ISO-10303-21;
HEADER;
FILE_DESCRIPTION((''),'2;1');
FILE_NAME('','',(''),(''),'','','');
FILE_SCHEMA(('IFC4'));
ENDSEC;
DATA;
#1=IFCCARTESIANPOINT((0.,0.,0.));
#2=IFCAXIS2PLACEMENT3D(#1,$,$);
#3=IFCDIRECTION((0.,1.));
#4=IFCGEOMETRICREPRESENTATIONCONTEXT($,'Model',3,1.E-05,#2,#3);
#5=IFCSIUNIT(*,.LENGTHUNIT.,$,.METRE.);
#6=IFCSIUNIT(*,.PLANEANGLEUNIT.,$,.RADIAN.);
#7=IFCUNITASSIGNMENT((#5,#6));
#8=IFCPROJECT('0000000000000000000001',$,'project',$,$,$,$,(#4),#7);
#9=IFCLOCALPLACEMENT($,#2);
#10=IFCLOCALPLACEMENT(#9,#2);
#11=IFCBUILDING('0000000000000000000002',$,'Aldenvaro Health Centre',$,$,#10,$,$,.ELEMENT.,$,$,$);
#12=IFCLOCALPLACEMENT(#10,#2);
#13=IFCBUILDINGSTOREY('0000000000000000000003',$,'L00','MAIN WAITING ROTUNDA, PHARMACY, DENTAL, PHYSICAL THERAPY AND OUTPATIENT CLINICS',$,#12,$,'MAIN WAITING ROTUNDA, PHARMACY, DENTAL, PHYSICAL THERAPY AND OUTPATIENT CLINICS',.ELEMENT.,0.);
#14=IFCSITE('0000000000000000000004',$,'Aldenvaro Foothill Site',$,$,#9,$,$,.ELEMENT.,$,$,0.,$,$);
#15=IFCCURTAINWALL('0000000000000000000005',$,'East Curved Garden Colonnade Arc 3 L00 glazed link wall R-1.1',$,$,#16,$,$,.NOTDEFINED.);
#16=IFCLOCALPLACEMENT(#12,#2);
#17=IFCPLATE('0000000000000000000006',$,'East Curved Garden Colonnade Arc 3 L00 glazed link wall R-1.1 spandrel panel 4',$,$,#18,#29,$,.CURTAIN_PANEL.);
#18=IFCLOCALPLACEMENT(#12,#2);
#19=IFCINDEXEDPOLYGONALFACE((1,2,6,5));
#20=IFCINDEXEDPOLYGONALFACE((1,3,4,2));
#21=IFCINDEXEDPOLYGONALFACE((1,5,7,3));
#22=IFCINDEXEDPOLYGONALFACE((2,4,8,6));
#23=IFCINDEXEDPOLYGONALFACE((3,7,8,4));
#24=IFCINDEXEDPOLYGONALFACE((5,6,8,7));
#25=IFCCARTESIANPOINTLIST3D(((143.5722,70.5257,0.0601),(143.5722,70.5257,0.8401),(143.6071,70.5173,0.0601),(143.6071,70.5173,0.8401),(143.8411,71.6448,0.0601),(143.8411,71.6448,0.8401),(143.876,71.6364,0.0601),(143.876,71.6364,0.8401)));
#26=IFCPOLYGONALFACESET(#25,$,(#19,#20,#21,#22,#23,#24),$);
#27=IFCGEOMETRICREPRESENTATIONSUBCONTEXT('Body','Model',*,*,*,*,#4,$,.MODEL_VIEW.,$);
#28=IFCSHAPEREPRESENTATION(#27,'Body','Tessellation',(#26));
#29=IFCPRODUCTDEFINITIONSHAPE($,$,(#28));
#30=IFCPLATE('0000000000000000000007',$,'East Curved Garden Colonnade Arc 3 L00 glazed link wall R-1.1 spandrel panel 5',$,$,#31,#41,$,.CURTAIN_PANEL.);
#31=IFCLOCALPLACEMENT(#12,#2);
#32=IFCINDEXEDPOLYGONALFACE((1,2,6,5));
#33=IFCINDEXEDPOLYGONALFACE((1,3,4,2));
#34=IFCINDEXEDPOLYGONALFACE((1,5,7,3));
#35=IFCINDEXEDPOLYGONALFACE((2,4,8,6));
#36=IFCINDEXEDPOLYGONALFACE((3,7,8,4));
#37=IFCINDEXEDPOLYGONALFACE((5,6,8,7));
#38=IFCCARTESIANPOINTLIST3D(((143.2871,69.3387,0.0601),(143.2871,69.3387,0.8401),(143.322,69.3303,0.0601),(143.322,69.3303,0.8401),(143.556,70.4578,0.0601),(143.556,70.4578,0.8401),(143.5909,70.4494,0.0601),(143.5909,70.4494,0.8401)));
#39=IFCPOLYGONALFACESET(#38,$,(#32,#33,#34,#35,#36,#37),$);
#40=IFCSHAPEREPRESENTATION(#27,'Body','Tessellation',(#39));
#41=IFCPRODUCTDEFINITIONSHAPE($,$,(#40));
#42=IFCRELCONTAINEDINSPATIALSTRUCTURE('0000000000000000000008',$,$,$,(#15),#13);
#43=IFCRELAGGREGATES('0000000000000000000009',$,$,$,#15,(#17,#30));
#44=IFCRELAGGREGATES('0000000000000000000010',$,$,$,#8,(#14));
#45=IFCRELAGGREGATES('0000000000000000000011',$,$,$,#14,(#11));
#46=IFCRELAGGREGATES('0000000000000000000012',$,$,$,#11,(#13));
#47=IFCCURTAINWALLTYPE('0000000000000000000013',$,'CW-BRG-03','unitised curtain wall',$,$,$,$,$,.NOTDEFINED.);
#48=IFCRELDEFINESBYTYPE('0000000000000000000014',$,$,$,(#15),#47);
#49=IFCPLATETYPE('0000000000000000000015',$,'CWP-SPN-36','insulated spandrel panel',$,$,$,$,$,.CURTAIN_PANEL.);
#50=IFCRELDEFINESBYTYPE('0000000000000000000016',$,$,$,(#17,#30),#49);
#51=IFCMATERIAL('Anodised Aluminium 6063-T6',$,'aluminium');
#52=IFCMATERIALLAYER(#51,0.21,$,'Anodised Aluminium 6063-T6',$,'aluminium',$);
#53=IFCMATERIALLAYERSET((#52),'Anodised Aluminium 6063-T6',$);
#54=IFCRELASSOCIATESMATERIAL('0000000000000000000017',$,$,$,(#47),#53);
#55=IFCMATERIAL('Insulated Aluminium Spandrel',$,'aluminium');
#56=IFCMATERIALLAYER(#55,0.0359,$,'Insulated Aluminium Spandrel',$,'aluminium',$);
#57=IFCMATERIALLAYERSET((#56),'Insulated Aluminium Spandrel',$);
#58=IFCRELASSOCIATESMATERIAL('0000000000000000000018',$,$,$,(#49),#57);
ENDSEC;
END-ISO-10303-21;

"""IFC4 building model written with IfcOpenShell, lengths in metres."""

from ifc_helpers import new_model, si_unit, direction, frame, origin, origin_2d, place, context, subcontext, project, spatial, rectangle, extrude, material, layer, layer_set, type_object, element, aggregate, save


model = new_model("IFC4")

# Units and contexts
model_context = context("Model", 3, precision=1e-05, world=origin(), true_north=direction((0.0, 1.0)))
body_context = subcontext(model_context, "Body", "Model", "MODEL_VIEW")
ifc_project = project(units=[si_unit("LENGTHUNIT", "METRE"), si_unit("PLANEANGLEUNIT", "RADIAN")], contexts=[model_context])

# Site, building, storey
site_placement = place(None, origin())
site = spatial("IfcSite", under=ifc_project, at=site_placement, Name="Aldenvaro Foothill Site", CompositionType="ELEMENT", RefElevation=0.0)
building_placement = place(site_placement, origin())
building = spatial("IfcBuilding", under=site, at=building_placement, Name="Aldenvaro Health Centre", CompositionType="ELEMENT")
storey_placement = place(building_placement, origin())
storey = spatial("IfcBuildingStorey", under=building, at=storey_placement, Name="L00", Description="MAIN WAITING ROTUNDA, PHARMACY, DENTAL, PHYSICAL THERAPY AND OUTPATIENT CLINICS", LongName="MAIN WAITING ROTUNDA, PHARMACY, DENTAL, PHYSICAL THERAPY AND OUTPATIENT CLINICS", CompositionType="ELEMENT", Elevation=0.0)

# Shared definitions
ifc_material_1 = material(Name="Anodised Aluminium 6063-T6", Category="aluminium")
ifc_layer_1 = layer(ifc_material_1, 0.21, Name="Anodised Aluminium 6063-T6", Category="aluminium")
ifc_layer_set_1 = layer_set([ifc_layer_1], Name="Anodised Aluminium 6063-T6")
curtain_wall_type = type_object("IfcCurtainWallType", Name="CW-BRG-03", Description="unitised curtain wall", PredefinedType="NOTDEFINED", material=ifc_layer_set_1)

# Curtain wall
curtain_wall_1_placement = place(storey_placement, origin())
curtain_wall_1 = element("IfcCurtainWall", 1, at=curtain_wall_1_placement, inside=storey, type_object=curtain_wall_type, Name="East Curved Garden Colonnade Arc 3 L00 glazed link wall R-1.1", PredefinedType="NOTDEFINED")

# Plates
ifc_material_2 = material(Name="Insulated Aluminium Spandrel", Category="aluminium")
ifc_layer_2 = layer(ifc_material_2, 0.0359, Name="Insulated Aluminium Spandrel", Category="aluminium")
ifc_layer_set_2 = layer_set([ifc_layer_2], Name="Insulated Aluminium Spandrel")
plate_type_1 = type_object("IfcPlateType", Name="CWP-SPN-36", Description="insulated spandrel panel", PredefinedType="CURTAIN_PANEL", material=ifc_layer_set_2)
plate_1_placement = place(storey_placement, frame((143.7241, 71.0811, 0.0601), z_axis=(0.0, 0.0, 1.0), x_axis=(-0.233626, -0.972327, 0.0)))
plate_1 = element("IfcPlate", 2, at=plate_1_placement, type_object=plate_type_1, Name="East Curved Garden Colonnade Arc 3 L00 glazed link wall R-1.1 spandrel panel 4", PredefinedType="CURTAIN_PANEL", context=body_context, shape_type="SweptSolid", body=[
    extrude(rectangle(XDim=1.1509, YDim=0.0359, at=origin_2d()), origin(), (0.0, 0.0, 1.0), 0.78),
])
plate_2_placement = place(storey_placement, frame((143.439, 69.894, 0.0601), z_axis=(0.0, 0.0, 1.0), x_axis=(-0.233626, -0.972327, 0.0)))
plate_2 = element("IfcPlate", 3, at=plate_2_placement, type_object=plate_type_1, Name="East Curved Garden Colonnade Arc 3 L00 glazed link wall R-1.1 spandrel panel 5", PredefinedType="CURTAIN_PANEL", context=body_context, shape_type="SweptSolid", body=[
    extrude(rectangle(XDim=1.1509, YDim=0.0359, at=origin_2d()), origin(), (0.0, 0.0, 1.0), 0.78),
])
aggregate(curtain_wall_1, [plate_1, plate_2])

save(model, "model.ifc")
